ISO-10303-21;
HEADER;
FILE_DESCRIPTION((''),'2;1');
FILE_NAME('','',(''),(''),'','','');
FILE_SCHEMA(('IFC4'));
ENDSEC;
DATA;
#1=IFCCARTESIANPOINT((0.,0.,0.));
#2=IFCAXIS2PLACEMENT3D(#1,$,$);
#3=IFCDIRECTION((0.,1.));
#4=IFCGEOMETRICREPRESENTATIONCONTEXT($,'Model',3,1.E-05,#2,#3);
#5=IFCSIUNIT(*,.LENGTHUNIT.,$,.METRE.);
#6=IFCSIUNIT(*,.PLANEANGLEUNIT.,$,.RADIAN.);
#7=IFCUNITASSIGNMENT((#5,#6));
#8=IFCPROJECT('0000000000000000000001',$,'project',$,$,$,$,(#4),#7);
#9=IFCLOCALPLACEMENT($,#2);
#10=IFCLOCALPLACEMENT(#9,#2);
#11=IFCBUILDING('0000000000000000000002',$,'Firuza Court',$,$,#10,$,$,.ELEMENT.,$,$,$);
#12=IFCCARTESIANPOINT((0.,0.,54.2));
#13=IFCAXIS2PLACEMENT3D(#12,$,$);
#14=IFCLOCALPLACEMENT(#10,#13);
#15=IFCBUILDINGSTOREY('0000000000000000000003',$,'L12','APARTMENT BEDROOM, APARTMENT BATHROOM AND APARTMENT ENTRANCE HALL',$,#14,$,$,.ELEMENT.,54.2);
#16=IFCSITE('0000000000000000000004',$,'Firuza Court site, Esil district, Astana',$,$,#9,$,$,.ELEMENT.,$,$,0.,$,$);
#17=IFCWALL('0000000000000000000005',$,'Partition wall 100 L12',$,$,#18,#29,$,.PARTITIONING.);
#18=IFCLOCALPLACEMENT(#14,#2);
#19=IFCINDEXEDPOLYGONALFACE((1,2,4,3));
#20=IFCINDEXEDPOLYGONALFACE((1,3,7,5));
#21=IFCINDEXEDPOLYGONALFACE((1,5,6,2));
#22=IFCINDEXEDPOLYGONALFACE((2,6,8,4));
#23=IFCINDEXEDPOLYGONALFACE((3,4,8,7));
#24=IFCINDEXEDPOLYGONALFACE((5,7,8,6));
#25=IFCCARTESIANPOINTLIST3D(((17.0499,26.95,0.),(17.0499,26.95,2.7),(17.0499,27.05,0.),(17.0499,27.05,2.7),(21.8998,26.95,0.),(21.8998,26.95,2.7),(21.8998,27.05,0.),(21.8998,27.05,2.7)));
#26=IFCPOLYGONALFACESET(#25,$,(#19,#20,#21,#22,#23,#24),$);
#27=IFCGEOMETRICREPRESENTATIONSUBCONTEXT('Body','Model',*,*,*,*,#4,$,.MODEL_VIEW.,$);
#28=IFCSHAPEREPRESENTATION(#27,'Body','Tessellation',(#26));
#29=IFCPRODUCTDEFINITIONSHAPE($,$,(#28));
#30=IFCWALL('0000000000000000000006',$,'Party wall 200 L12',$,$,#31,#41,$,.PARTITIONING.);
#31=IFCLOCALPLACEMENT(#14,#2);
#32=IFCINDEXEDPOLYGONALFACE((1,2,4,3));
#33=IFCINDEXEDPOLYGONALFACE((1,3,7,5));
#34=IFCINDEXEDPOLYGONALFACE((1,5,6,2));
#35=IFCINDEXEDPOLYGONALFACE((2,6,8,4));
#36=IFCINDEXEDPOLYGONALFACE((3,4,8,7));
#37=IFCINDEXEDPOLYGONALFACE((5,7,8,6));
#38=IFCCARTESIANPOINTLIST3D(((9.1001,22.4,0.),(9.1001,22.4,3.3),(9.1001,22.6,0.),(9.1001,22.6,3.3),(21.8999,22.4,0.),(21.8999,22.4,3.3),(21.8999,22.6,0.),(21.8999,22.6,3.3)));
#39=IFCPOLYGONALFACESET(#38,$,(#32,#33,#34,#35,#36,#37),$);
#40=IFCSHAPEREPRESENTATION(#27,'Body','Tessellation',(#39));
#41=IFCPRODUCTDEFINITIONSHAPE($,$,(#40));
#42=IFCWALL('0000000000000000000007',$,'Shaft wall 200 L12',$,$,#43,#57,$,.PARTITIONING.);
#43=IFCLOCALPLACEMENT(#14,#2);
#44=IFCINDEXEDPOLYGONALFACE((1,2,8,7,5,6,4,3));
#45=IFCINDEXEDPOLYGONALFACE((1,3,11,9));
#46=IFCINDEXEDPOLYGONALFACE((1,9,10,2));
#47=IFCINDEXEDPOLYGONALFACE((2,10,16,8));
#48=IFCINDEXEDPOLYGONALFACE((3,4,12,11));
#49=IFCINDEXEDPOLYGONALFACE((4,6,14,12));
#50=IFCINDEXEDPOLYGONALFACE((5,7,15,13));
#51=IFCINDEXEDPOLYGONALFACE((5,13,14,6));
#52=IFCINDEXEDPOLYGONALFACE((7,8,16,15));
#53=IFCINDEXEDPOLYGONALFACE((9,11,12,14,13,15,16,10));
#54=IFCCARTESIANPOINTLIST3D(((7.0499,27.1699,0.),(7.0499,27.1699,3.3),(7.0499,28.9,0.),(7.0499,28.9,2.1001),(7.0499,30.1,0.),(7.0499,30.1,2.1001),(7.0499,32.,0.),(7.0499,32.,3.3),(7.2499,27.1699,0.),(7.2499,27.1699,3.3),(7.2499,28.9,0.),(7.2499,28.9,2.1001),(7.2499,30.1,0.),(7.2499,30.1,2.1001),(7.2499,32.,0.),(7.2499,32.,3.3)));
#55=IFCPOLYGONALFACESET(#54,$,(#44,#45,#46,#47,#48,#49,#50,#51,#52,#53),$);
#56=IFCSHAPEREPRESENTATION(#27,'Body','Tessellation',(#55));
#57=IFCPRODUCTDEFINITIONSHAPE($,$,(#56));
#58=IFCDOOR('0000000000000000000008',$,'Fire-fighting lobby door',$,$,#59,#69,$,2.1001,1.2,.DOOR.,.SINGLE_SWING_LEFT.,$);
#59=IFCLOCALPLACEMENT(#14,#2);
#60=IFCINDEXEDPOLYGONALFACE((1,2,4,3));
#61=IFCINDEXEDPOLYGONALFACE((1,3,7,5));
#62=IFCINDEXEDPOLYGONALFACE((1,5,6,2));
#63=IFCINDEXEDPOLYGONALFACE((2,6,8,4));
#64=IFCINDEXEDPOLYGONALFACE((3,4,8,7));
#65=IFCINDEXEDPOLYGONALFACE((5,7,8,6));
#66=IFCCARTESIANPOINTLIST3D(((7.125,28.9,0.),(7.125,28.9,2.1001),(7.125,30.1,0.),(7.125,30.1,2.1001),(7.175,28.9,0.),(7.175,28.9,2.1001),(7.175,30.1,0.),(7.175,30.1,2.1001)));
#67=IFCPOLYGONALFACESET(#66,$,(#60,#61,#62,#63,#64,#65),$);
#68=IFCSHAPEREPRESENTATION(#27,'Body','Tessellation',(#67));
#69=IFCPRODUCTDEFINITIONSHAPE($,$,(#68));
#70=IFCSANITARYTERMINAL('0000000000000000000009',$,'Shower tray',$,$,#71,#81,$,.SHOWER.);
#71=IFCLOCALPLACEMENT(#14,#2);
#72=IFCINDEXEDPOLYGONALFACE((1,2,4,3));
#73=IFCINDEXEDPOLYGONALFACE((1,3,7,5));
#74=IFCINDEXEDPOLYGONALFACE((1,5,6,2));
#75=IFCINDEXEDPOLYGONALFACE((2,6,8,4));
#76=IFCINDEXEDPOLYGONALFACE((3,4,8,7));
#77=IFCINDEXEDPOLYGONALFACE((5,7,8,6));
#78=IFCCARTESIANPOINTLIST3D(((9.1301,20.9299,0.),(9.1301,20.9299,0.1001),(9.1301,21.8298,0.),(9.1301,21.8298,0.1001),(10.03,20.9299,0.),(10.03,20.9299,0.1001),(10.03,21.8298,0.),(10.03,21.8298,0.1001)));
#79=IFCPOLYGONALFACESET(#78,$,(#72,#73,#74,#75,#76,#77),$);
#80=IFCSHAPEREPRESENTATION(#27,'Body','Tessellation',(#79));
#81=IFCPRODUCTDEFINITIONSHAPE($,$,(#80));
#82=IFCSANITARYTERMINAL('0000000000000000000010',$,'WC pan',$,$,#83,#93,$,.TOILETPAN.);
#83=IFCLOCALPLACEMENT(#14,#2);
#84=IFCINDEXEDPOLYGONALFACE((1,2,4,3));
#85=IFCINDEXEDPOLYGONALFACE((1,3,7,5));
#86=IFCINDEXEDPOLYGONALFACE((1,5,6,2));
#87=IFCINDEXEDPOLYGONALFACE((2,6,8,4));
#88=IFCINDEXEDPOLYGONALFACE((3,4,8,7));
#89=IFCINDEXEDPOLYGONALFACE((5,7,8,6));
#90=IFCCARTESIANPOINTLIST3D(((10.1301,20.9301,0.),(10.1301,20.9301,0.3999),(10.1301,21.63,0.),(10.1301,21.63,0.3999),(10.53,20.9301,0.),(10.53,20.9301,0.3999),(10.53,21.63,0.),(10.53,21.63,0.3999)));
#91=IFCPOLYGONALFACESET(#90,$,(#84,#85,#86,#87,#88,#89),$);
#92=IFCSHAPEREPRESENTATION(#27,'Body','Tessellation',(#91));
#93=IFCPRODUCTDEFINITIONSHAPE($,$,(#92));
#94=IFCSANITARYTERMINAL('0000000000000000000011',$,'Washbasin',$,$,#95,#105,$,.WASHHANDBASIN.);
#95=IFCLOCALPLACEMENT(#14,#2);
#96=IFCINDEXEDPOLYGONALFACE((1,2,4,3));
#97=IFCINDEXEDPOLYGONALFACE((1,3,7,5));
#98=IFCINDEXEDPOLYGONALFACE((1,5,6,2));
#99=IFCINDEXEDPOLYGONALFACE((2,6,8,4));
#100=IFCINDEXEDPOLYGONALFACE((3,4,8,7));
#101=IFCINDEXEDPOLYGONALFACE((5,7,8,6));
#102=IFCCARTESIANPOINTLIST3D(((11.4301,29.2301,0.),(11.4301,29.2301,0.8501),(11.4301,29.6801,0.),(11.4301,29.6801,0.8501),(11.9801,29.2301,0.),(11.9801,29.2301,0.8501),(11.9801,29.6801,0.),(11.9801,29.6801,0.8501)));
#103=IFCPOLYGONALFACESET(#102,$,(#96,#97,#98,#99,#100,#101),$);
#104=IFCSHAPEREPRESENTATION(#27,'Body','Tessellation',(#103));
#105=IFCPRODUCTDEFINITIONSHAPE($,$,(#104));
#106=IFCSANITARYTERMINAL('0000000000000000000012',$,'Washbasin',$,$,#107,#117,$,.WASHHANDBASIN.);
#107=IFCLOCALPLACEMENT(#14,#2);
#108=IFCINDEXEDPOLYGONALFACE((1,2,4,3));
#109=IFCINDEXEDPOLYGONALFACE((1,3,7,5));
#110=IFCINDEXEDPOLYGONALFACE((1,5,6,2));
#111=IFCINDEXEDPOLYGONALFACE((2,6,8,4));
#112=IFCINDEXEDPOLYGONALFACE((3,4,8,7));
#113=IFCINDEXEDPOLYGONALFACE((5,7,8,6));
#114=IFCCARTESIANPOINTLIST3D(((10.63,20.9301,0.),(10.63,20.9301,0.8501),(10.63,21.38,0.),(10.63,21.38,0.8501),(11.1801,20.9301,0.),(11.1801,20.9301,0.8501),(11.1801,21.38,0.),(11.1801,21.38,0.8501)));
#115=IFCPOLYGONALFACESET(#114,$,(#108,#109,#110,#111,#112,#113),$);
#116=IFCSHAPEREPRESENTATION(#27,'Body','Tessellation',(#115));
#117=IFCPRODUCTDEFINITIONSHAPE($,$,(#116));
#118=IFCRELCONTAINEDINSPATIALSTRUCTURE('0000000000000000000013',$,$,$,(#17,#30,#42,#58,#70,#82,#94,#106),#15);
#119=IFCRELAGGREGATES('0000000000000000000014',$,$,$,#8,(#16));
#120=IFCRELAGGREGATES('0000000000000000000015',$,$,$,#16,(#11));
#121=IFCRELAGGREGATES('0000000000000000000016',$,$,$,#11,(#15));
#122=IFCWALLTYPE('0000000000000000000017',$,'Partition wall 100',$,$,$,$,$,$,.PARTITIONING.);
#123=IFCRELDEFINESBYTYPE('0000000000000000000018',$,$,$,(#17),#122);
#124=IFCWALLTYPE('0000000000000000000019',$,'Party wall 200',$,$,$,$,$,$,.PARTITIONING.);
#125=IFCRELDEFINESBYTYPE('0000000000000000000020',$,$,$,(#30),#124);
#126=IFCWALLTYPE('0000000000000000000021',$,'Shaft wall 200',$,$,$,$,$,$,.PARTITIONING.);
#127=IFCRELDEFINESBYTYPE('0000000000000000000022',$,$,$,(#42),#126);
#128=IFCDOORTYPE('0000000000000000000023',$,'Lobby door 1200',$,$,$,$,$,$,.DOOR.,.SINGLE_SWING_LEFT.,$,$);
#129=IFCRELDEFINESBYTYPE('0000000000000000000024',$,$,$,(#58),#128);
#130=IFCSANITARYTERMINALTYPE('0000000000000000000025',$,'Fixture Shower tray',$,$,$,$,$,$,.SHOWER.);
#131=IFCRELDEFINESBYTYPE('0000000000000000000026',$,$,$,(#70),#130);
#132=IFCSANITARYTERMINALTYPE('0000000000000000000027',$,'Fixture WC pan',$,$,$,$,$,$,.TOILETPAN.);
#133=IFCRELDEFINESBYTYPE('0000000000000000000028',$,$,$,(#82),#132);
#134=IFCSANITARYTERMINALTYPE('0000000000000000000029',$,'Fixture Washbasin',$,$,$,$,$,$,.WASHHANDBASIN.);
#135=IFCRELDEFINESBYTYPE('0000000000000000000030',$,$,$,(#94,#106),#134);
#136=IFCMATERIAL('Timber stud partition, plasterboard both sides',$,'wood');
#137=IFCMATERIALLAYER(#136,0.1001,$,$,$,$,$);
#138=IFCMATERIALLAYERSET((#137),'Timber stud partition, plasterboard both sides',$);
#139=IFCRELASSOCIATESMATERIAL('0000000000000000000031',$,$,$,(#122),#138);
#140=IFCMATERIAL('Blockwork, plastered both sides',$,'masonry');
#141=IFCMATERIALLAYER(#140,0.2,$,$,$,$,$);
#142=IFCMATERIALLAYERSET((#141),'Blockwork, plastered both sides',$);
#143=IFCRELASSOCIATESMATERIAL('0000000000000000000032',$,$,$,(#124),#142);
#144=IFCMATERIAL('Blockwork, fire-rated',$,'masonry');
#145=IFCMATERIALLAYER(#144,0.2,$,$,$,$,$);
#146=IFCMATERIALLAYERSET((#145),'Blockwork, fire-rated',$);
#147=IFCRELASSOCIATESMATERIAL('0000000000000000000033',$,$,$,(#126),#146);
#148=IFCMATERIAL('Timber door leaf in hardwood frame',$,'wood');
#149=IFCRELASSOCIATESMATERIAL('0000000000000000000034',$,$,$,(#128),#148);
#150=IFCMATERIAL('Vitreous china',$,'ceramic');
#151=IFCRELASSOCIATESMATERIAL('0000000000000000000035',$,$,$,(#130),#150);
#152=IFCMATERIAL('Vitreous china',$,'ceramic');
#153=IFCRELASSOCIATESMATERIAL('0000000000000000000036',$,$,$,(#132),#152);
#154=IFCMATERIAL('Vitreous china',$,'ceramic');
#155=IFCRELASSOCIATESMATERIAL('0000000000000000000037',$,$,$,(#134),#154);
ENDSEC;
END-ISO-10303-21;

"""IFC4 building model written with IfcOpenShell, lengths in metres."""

from ifc_helpers import new_model, si_unit, direction, frame, frame_2d, origin, origin_2d, place, context, subcontext, project, spatial, rectangle, extrude, material, layer, layer_set, type_object, element, fill, save


model = new_model("IFC4")

# Units and contexts
model_context = context("Model", 3, precision=1e-05, world=origin(), true_north=direction((0.0, 1.0)))
body_context = subcontext(model_context, "Body", "Model", "MODEL_VIEW")
ifc_project = project(units=[si_unit("LENGTHUNIT", "METRE"), si_unit("PLANEANGLEUNIT", "RADIAN")], contexts=[model_context])

# Site, building, storey
site_placement = place(None, origin())
site = spatial("IfcSite", under=ifc_project, at=site_placement, Name="Firuza Court site, Esil district, Astana", CompositionType="ELEMENT", RefElevation=0.0)
building_placement = place(site_placement, origin())
building = spatial("IfcBuilding", under=site, at=building_placement, Name="Firuza Court", CompositionType="ELEMENT")
storey_placement = place(building_placement, frame((0.0, 0.0, 54.2)))
storey = spatial("IfcBuildingStorey", under=building, at=storey_placement, Name="L12", Description="APARTMENT BEDROOM, APARTMENT BATHROOM AND APARTMENT ENTRANCE HALL", CompositionType="ELEMENT", Elevation=54.2)

# Shared definitions
ifc_material_1 = material(Name="Timber stud partition, plasterboard both sides", Category="wood")
ifc_layer_1 = layer(ifc_material_1, 0.1001)
ifc_layer_set_1 = layer_set([ifc_layer_1], Name="Timber stud partition, plasterboard both sides")
wall_type_1 = type_object("IfcWallType", Name="Partition wall 100", PredefinedType="PARTITIONING", material=ifc_layer_set_1)

# Walls
wall_1_placement = place(storey_placement, frame((17.05, 27.0, 0.0), z_axis=(0.0, 0.0, 1.0), x_axis=(1.0, 0.0, 0.0)))
element("IfcWall", 1, at=wall_1_placement, inside=storey, type_object=wall_type_1, Name="Partition wall 100 L12", PredefinedType="PARTITIONING", context=body_context, shape_type="SweptSolid", body=[
    extrude(rectangle(XDim=4.8499, YDim=0.1001, at=frame_2d((2.4248, 0.0))), origin(), (0.0, 0.0, 1.0), 2.7),
])
ifc_material_2 = material(Name="Blockwork, plastered both sides", Category="masonry")
ifc_layer_2 = layer(ifc_material_2, 0.2)
ifc_layer_set_2 = layer_set([ifc_layer_2], Name="Blockwork, plastered both sides")
wall_type_2 = type_object("IfcWallType", Name="Party wall 200", PredefinedType="PARTITIONING", material=ifc_layer_set_2)
wall_2_placement = place(storey_placement, frame((9.1001, 22.5, 0.0), z_axis=(0.0, 0.0, 1.0), x_axis=(1.0, 0.0, 0.0)))
element("IfcWall", 2, at=wall_2_placement, inside=storey, type_object=wall_type_2, Name="Party wall 200 L12", PredefinedType="PARTITIONING", context=body_context, shape_type="SweptSolid", body=[
    extrude(rectangle(XDim=12.7998, YDim=0.2, at=frame_2d((6.3999, 0.0))), origin(), (0.0, 0.0, 1.0), 3.3),
])

# Wall, opening, door
ifc_material_3 = material(Name="Blockwork, fire-rated", Category="masonry")
ifc_layer_3 = layer(ifc_material_3, 0.2)
ifc_layer_set_3 = layer_set([ifc_layer_3], Name="Blockwork, fire-rated")
wall_type_3 = type_object("IfcWallType", Name="Shaft wall 200", PredefinedType="PARTITIONING", material=ifc_layer_set_3)
wall_3_placement = place(storey_placement, frame((7.1499, 27.1699, 0.0), z_axis=(0.0, 0.0, 1.0), x_axis=(0.0, 1.0, 0.0)))
wall_3 = element("IfcWall", 3, at=wall_3_placement, inside=storey, type_object=wall_type_3, Name="Shaft wall 200 L12", PredefinedType="PARTITIONING", context=body_context, shape_type="SweptSolid", body=[
    extrude(rectangle(XDim=4.8301, YDim=0.2, at=frame_2d((2.415, 0.0))), origin(), (0.0, 0.0, 1.0), 3.3),
])
opening_1_placement = place(wall_3_placement, frame((1.73, 0.0, 0.0)))
opening_1 = element("IfcOpeningElement", 4, at=opening_1_placement, cuts=wall_3, PredefinedType="OPENING", context=body_context, shape_type="SweptSolid", body=[
    extrude(rectangle(XDim=1.2, YDim=2.1001, at=frame_2d((0.6001, 1.05))), frame((0.0, 0.1118, 0.0), z_axis=(0.0, -1.0, 0.0), x_axis=(1.0, 0.0, 0.0)), (0.0, 0.0, 1.0), 0.2239),
])
ifc_material_4 = material(Name="Timber door leaf in hardwood frame", Category="wood")
door_type_1 = type_object("IfcDoorType", Name="Lobby door 1200", OperationType="SINGLE_SWING_LEFT", PredefinedType="DOOR", material=ifc_material_4)
door_1_placement = place(opening_1_placement, origin())
door_1 = element("IfcDoor", 5, at=door_1_placement, inside=storey, type_object=door_type_1, Name="Fire-fighting lobby door", OperationType="SINGLE_SWING_LEFT", OverallHeight=2.1001, OverallWidth=1.2, PredefinedType="DOOR", context=body_context, shape_type="SweptSolid", body=[
    extrude(rectangle(XDim=1.2, YDim=2.1001, at=frame_2d((0.6001, 1.05))), frame((0.0, 0.0249, 0.0), z_axis=(0.0, -1.0, 0.0), x_axis=(1.0, 0.0, 0.0)), (0.0, 0.0, 1.0), 0.05),
])
fill(opening_1, door_1)

# Sanitary terminals
ifc_material_5 = material(Name="Vitreous china", Category="ceramic")
sanitary_terminal_type_1 = type_object("IfcSanitaryTerminalType", Name="Fixture Shower tray", PredefinedType="SHOWER", material=ifc_material_5)
sanitary_terminal_1_placement = place(storey_placement, frame((9.5801, 21.3799, 0.0), z_axis=(0.0, 0.0, 1.0), x_axis=(1.0, 0.0, 0.0)))
element("IfcSanitaryTerminal", 6, at=sanitary_terminal_1_placement, inside=storey, type_object=sanitary_terminal_type_1, Name="Shower tray", PredefinedType="SHOWER", context=body_context, shape_type="SweptSolid", body=[
    extrude(rectangle(XDim=0.8999, YDim=0.8999, at=origin_2d()), origin(), (0.0, 0.0, 1.0), 0.1001),
])
ifc_material_6 = material(Name="Vitreous china", Category="ceramic")
sanitary_terminal_type_2 = type_object("IfcSanitaryTerminalType", Name="Fixture WC pan", PredefinedType="TOILETPAN", material=ifc_material_6)
sanitary_terminal_2_placement = place(storey_placement, frame((10.3301, 21.28, 0.0), z_axis=(0.0, 0.0, 1.0), x_axis=(1.0, 0.0, 0.0)))
element("IfcSanitaryTerminal", 7, at=sanitary_terminal_2_placement, inside=storey, type_object=sanitary_terminal_type_2, Name="WC pan", PredefinedType="TOILETPAN", context=body_context, shape_type="SweptSolid", body=[
    extrude(rectangle(XDim=0.3999, YDim=0.7, at=origin_2d()), origin(), (0.0, 0.0, 1.0), 0.3999),
])
ifc_material_7 = material(Name="Vitreous china", Category="ceramic")
sanitary_terminal_type_3 = type_object("IfcSanitaryTerminalType", Name="Fixture Washbasin", PredefinedType="WASHHANDBASIN", material=ifc_material_7)
for number, where, z_axis, x_axis, name in (
    (8, (11.7051, 29.4551, 0.0), (0.0, 0.0, 1.0), (1.0, 0.0, 0.0), "Washbasin"),
    (9, (10.905, 21.155, 0.0), (0.0, 0.0, 1.0), (1.0, 0.0, 0.0), "Washbasin"),
):
    element("IfcSanitaryTerminal", number, at=place(storey_placement, frame(where, z_axis=z_axis, x_axis=x_axis)), inside=storey, type_object=sanitary_terminal_type_3, Name=name, PredefinedType="WASHHANDBASIN", context=body_context, shape_type="SweptSolid", body=[
        extrude(rectangle(XDim=0.55, YDim=0.45, at=origin_2d()), origin(), (0.0, 0.0, 1.0), 0.8501),
    ])

save(model, "model.ifc")
